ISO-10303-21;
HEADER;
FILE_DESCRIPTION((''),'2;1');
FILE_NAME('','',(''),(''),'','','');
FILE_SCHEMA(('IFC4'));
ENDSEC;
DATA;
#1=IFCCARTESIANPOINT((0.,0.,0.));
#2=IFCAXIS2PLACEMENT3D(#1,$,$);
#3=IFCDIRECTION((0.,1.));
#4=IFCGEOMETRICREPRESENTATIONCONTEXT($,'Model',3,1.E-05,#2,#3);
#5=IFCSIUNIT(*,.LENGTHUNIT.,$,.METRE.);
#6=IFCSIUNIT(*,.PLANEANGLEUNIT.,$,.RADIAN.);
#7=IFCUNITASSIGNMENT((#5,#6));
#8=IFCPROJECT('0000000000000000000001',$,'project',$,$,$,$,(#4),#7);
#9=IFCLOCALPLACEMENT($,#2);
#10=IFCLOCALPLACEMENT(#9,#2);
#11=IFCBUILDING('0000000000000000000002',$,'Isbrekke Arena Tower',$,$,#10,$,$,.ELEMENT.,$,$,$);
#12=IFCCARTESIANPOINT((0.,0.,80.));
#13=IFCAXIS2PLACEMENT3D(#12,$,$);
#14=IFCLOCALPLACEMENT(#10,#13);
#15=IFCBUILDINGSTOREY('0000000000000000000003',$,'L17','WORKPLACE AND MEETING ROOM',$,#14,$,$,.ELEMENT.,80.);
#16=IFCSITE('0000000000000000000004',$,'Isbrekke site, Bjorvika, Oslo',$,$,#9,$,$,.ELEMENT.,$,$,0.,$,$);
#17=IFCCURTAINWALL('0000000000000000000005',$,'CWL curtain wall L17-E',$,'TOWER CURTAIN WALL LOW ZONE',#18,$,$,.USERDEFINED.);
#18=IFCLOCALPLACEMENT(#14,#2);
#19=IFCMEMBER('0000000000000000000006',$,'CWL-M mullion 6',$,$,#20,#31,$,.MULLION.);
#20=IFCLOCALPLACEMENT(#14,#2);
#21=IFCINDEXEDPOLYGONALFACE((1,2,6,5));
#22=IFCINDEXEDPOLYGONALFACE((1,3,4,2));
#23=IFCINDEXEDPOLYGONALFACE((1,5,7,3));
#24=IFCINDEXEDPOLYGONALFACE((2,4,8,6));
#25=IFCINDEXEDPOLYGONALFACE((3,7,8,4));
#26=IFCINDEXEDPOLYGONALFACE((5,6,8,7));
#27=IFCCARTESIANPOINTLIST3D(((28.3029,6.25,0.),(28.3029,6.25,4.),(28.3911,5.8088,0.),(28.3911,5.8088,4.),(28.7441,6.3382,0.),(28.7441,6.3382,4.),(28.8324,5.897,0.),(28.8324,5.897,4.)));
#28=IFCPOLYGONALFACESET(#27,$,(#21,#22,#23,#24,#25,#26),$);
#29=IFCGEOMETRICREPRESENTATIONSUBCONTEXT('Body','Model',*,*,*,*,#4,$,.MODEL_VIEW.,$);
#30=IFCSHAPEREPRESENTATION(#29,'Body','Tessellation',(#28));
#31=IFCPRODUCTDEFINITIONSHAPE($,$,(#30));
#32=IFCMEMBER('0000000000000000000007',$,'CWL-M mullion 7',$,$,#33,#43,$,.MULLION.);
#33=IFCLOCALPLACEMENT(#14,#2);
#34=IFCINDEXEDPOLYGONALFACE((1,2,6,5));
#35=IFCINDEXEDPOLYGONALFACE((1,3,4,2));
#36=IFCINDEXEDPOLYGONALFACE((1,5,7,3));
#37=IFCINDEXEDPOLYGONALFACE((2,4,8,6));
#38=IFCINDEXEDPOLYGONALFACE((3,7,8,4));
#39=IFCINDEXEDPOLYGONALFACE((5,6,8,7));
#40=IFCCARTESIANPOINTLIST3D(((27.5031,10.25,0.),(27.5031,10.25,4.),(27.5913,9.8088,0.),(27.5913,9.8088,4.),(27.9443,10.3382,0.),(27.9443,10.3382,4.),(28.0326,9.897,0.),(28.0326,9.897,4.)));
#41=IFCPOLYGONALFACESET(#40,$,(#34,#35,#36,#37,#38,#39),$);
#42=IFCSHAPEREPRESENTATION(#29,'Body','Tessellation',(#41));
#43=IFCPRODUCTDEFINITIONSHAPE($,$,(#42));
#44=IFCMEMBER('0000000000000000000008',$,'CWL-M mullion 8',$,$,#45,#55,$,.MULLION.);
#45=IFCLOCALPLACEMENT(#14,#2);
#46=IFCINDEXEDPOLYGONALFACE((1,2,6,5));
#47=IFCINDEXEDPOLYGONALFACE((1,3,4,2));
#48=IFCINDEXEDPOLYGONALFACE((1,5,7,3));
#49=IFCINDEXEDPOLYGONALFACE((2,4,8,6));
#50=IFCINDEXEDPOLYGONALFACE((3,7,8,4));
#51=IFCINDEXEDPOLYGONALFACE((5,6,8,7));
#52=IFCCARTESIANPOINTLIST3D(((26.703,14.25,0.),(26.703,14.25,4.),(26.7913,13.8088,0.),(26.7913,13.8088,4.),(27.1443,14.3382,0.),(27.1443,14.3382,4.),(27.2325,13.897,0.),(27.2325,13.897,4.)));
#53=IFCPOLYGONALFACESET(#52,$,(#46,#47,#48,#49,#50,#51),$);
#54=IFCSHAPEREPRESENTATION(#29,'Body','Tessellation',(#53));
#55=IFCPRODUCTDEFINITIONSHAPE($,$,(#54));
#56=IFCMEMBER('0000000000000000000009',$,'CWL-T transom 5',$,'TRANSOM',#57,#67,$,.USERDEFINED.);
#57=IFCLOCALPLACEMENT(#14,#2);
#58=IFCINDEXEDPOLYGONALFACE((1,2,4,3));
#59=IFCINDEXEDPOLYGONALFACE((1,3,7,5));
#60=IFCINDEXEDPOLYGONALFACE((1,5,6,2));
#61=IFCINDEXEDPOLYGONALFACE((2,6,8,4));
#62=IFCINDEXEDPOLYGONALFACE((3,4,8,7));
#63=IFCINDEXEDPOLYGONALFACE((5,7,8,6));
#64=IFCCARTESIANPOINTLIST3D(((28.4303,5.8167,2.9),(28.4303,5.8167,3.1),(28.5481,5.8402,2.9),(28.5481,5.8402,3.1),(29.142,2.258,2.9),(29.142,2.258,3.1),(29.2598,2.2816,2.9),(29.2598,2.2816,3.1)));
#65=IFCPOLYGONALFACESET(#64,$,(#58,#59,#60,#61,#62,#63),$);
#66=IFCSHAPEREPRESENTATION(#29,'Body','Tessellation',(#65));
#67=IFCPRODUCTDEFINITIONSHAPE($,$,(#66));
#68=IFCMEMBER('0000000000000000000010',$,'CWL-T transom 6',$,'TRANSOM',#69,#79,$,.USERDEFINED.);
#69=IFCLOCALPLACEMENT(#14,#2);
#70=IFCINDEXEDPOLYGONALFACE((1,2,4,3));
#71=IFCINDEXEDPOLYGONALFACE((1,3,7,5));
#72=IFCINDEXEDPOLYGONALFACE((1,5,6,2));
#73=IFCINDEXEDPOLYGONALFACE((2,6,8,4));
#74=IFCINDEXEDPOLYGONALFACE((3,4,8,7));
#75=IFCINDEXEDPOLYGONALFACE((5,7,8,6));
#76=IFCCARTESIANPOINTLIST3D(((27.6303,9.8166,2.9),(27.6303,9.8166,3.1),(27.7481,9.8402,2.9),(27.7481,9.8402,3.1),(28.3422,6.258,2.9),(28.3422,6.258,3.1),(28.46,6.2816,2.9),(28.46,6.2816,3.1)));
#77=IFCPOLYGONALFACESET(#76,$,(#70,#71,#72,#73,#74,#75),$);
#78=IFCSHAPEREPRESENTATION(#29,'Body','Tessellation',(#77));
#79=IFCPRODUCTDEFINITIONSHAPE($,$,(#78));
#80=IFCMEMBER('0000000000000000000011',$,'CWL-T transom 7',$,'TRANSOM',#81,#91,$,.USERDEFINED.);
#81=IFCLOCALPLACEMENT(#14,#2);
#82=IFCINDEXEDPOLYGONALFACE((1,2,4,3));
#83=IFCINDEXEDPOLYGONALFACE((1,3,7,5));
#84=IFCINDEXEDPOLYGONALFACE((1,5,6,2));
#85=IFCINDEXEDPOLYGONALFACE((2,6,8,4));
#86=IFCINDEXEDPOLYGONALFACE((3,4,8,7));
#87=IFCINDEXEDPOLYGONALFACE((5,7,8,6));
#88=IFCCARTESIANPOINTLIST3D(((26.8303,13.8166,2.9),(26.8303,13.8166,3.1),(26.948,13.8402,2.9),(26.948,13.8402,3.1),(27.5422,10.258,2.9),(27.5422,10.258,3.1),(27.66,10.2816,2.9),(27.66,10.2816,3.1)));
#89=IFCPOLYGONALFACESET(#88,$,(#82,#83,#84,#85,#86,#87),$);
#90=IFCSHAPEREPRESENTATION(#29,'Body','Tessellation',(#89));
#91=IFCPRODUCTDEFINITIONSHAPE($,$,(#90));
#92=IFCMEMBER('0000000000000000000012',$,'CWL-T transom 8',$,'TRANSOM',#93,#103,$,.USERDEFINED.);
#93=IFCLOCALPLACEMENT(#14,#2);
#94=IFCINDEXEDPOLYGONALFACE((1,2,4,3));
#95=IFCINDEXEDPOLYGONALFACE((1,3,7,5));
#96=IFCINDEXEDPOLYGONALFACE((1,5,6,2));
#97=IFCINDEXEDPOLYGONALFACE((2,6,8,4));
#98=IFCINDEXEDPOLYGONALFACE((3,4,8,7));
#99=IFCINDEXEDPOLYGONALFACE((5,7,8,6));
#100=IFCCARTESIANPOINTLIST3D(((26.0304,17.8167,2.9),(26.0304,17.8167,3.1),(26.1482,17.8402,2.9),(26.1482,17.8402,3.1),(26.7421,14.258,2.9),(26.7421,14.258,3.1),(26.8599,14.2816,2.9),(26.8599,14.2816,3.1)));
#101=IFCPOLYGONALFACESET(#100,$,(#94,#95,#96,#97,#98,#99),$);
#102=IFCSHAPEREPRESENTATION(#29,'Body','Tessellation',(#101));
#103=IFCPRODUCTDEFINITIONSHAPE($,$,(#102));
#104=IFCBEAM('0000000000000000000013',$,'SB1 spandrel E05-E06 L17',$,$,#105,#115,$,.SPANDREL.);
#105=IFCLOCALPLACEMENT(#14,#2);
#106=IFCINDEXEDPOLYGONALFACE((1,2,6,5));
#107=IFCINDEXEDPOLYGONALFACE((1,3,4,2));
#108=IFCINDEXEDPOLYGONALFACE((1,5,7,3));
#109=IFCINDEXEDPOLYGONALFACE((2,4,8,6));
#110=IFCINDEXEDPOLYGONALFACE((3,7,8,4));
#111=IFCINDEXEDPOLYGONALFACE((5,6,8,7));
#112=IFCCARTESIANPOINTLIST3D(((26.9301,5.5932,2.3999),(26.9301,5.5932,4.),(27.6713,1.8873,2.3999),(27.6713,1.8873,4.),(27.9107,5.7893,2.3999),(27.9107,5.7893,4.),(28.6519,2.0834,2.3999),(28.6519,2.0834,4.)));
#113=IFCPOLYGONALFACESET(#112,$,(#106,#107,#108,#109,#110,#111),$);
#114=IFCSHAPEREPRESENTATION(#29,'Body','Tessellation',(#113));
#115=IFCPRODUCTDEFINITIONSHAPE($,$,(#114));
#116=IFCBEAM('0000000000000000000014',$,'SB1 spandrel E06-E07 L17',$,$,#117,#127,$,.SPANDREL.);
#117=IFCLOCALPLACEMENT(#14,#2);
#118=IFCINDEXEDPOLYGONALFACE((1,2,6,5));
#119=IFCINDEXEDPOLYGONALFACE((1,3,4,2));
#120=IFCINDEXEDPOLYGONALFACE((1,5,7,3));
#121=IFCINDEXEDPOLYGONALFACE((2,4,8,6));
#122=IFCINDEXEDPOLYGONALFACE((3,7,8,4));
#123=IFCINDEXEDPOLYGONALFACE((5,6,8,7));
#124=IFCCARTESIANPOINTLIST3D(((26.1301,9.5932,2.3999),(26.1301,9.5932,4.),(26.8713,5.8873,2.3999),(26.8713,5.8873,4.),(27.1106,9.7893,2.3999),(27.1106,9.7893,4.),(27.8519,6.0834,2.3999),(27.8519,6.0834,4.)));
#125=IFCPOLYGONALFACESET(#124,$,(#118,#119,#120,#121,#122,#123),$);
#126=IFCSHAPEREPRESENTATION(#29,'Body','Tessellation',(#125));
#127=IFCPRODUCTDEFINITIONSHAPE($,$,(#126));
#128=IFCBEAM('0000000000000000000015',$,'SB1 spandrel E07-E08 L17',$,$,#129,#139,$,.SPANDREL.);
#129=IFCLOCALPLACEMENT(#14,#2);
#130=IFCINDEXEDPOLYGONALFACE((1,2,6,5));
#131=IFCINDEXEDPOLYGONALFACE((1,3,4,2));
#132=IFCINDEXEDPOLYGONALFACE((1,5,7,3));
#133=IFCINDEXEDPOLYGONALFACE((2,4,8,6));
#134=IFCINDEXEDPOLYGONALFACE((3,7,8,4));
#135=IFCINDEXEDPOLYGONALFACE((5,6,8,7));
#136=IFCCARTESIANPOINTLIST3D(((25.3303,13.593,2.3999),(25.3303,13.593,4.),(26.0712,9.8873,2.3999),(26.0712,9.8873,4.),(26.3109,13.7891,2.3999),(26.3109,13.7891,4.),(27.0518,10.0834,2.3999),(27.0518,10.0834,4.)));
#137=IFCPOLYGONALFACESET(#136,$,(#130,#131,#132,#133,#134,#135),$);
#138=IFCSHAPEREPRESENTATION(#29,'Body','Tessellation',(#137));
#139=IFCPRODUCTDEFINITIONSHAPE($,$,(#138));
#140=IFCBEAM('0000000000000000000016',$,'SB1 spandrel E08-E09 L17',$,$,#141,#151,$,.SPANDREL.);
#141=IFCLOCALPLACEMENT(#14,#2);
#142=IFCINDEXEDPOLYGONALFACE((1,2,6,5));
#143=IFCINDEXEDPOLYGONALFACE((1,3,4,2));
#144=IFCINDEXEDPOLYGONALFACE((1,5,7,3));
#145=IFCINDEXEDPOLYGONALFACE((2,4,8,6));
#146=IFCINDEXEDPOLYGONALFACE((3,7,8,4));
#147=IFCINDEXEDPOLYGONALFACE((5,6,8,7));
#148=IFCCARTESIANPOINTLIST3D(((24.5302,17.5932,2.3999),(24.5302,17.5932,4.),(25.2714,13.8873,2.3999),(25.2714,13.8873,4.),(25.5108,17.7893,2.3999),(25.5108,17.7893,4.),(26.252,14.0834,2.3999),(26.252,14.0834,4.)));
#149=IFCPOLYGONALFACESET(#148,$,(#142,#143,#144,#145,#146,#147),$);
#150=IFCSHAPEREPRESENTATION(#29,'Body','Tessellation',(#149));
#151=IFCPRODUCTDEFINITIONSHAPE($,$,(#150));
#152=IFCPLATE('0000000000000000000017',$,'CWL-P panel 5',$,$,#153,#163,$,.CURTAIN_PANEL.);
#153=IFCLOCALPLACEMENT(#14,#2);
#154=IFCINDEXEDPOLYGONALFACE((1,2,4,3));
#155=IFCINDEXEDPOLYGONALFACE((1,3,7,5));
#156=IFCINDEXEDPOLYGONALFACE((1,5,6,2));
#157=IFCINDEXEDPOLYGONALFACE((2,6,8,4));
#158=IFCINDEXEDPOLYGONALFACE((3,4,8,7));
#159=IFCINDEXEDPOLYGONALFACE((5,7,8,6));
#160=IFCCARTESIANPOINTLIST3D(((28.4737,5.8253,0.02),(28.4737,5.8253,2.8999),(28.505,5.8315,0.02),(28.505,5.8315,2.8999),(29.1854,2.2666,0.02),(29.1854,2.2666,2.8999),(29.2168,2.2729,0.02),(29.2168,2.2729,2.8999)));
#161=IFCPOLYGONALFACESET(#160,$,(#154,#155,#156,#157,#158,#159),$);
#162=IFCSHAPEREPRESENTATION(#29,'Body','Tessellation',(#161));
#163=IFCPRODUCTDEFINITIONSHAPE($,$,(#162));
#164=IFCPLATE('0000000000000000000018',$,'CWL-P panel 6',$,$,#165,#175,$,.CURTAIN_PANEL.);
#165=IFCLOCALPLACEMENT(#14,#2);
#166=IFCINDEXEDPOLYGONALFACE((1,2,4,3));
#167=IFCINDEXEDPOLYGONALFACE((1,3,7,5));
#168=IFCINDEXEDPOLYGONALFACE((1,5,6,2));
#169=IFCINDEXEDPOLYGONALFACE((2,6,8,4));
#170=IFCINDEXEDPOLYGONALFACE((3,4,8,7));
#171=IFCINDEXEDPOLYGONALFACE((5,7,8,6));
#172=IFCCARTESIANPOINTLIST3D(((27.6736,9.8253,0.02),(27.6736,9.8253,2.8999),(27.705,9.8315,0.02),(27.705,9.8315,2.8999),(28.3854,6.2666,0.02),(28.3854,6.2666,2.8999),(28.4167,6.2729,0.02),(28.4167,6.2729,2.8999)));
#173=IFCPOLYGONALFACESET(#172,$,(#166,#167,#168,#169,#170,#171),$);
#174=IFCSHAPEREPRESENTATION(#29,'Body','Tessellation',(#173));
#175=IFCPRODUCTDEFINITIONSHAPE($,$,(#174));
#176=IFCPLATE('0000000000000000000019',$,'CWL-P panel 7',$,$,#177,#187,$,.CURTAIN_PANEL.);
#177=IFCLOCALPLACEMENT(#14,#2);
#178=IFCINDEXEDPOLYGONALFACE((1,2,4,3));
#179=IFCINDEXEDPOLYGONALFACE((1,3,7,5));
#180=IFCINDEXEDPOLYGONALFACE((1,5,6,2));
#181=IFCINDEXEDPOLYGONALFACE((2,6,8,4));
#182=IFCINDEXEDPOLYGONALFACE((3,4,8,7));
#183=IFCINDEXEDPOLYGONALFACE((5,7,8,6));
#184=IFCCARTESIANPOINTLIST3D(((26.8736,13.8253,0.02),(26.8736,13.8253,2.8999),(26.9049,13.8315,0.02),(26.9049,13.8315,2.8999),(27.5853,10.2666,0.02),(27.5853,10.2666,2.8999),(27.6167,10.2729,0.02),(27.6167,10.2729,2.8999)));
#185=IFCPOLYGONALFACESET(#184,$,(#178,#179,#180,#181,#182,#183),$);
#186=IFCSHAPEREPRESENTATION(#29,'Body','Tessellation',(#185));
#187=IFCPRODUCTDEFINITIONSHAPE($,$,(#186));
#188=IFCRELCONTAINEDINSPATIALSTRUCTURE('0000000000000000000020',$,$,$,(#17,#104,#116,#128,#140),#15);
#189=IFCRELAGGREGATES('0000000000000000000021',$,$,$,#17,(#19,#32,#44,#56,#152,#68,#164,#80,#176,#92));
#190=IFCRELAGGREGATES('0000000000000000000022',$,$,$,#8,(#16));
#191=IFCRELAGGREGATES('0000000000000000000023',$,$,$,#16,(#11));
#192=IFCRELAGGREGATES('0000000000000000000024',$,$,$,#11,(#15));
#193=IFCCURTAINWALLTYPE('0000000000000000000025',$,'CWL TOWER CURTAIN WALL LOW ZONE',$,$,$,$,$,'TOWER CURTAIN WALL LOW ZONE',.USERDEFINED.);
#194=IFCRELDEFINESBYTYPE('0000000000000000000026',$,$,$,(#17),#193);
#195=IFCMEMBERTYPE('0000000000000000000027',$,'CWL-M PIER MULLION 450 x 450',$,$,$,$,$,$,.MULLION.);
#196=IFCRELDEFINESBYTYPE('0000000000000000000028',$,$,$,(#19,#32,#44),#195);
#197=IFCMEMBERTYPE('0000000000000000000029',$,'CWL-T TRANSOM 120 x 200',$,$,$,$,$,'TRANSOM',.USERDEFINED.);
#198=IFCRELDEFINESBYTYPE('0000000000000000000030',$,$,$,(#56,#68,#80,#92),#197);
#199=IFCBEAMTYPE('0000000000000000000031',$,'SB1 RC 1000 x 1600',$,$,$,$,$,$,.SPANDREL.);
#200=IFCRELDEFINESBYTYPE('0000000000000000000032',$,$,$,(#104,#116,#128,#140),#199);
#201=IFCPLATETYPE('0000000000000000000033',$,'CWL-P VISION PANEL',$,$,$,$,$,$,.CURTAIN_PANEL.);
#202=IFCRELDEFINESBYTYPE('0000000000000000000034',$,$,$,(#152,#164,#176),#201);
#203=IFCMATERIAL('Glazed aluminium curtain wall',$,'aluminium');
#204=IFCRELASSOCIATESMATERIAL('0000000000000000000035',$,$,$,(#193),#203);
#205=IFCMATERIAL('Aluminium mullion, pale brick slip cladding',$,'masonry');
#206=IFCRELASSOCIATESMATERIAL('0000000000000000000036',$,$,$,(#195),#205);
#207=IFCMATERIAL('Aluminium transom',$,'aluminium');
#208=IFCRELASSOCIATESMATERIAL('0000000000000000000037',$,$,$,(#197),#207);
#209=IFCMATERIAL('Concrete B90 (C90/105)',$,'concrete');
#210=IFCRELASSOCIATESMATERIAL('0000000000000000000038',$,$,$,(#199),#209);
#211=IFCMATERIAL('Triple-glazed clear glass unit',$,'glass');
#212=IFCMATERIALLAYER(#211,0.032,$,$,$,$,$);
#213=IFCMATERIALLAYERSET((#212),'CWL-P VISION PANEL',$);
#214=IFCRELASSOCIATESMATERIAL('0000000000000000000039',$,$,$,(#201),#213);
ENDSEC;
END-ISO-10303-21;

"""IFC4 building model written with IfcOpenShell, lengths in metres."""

from ifc_helpers import new_model, si_unit, direction, frame, origin, origin_2d, place, context, subcontext, project, spatial, rectangle, extrude, material, layer, layer_set, material_profile, profile_set, type_object, element, aggregate, save


model = new_model("IFC4")

# Units and contexts
model_context = context("Model", 3, precision=1e-05, world=origin(), true_north=direction((0.0, 1.0)))
body_context = subcontext(model_context, "Body", "Model", "MODEL_VIEW")
ifc_project = project(units=[si_unit("LENGTHUNIT", "METRE"), si_unit("PLANEANGLEUNIT", "RADIAN")], contexts=[model_context])

# Site, building, storey
site_placement = place(None, origin())
site = spatial("IfcSite", under=ifc_project, at=site_placement, Name="Isbrekke site, Bjorvika, Oslo", CompositionType="ELEMENT", RefElevation=0.0)
building_placement = place(site_placement, origin())
building = spatial("IfcBuilding", under=site, at=building_placement, Name="Isbrekke Arena Tower", CompositionType="ELEMENT")
storey_placement = place(building_placement, frame((0.0, 0.0, 80.0)))
storey = spatial("IfcBuildingStorey", under=building, at=storey_placement, Name="L17", Description="WORKPLACE AND MEETING ROOM", CompositionType="ELEMENT", Elevation=80.0)

# Curtain wall, members
ifc_material_1 = material(Name="Glazed aluminium curtain wall", Category="aluminium")
curtain_wall_type = type_object("IfcCurtainWallType", Name="CWL TOWER CURTAIN WALL LOW ZONE", ElementType="TOWER CURTAIN WALL LOW ZONE", PredefinedType="USERDEFINED", material=ifc_material_1)
curtain_wall_placement = place(storey_placement, origin())
curtain_wall = element("IfcCurtainWall", 1, at=curtain_wall_placement, inside=storey, type_object=curtain_wall_type, Name="CWL curtain wall L17-E", ObjectType="TOWER CURTAIN WALL LOW ZONE", PredefinedType="USERDEFINED")
ifc_material_2 = material(Name="Aluminium mullion, pale brick slip cladding", Category="masonry")
ifc_material_profile_1 = material_profile(ifc_material_2, rectangle(XDim=0.45, YDim=0.45, at=origin_2d()), Name="PIER 450X450")
ifc_profile_set_1 = profile_set([ifc_material_profile_1], Name="Aluminium mullion, pale brick slip cladding")
member_type_1 = type_object("IfcMemberType", Name="CWL-M PIER MULLION 450 x 450", PredefinedType="MULLION", material=ifc_profile_set_1)
member_1_placement = place(storey_placement, frame((28.5676, 6.0735, 0.0), z_axis=(0.0, 0.0, 1.0), x_axis=(-0.196116, 0.980581, 0.0)))
member_1 = element("IfcMember", 2, at=member_1_placement, type_object=member_type_1, Name="CWL-M mullion 6", PredefinedType="MULLION", context=body_context, shape_type="SweptSolid", body=[
    extrude(rectangle(XDim=0.45, YDim=0.45, at=origin_2d()), origin(), (0.0, 0.0, 1.0), 4.0),
])
member_2_placement = place(storey_placement, frame((27.7678, 10.0735, 0.0), z_axis=(0.0, 0.0, 1.0), x_axis=(-0.196116, 0.980581, 0.0)))
member_2 = element("IfcMember", 3, at=member_2_placement, type_object=member_type_1, Name="CWL-M mullion 7", PredefinedType="MULLION", context=body_context, shape_type="SweptSolid", body=[
    extrude(rectangle(XDim=0.45, YDim=0.45, at=origin_2d()), origin(), (0.0, 0.0, 1.0), 4.0),
])
member_3_placement = place(storey_placement, frame((26.9678, 14.0735, 0.0), z_axis=(0.0, 0.0, 1.0), x_axis=(-0.196116, 0.980581, 0.0)))
member_3 = element("IfcMember", 4, at=member_3_placement, type_object=member_type_1, Name="CWL-M mullion 8", PredefinedType="MULLION", context=body_context, shape_type="SweptSolid", body=[
    extrude(rectangle(XDim=0.45, YDim=0.45, at=origin_2d()), origin(), (0.0, 0.0, 1.0), 4.0),
])
ifc_material_3 = material(Name="Aluminium transom", Category="aluminium")
ifc_material_profile_2 = material_profile(ifc_material_3, rectangle(XDim=0.1201, YDim=0.2, at=origin_2d()), Name="TRANSOM 120X200")
ifc_profile_set_2 = profile_set([ifc_material_profile_2], Name="Aluminium transom")
member_type_2 = type_object("IfcMemberType", Name="CWL-T TRANSOM 120 x 200", ElementType="TRANSOM", PredefinedType="USERDEFINED", material=ifc_profile_set_2)
member_4_placement = place(storey_placement, frame((29.2009, 2.2698, 3.0), z_axis=(-0.196103, 0.980583, 0.0), x_axis=(-0.980583, -0.196103, 0.0)))
member_4 = element("IfcMember", 5, at=member_4_placement, type_object=member_type_2, Name="CWL-T transom 5", ObjectType="TRANSOM", PredefinedType="USERDEFINED", context=body_context, shape_type="SweptSolid", body=[
    extrude(rectangle(XDim=0.1201, YDim=0.2, at=origin_2d()), origin(), (0.0, 0.0, 1.0), 3.6292),
])
member_5_placement = place(storey_placement, frame((28.4011, 6.2698, 3.0), z_axis=(-0.196168, 0.98057, 0.0), x_axis=(-0.98057, -0.196168, 0.0)))
member_5 = element("IfcMember", 6, at=member_5_placement, type_object=member_type_2, Name="CWL-T transom 6", ObjectType="TRANSOM", PredefinedType="USERDEFINED", context=body_context, shape_type="SweptSolid", body=[
    extrude(rectangle(XDim=0.1201, YDim=0.2, at=origin_2d()), origin(), (0.0, 0.0, 1.0), 3.6292),
])
member_6_placement = place(storey_placement, frame((27.6011, 10.2698, 3.0), z_axis=(-0.196168, 0.98057, 0.0), x_axis=(-0.98057, -0.196168, 0.0)))
member_6 = element("IfcMember", 7, at=member_6_placement, type_object=member_type_2, Name="CWL-T transom 7", ObjectType="TRANSOM", PredefinedType="USERDEFINED", context=body_context, shape_type="SweptSolid", body=[
    extrude(rectangle(XDim=0.1201, YDim=0.2, at=origin_2d()), origin(), (0.0, 0.0, 1.0), 3.6292),
])
member_7_placement = place(storey_placement, frame((26.801, 14.2698, 3.0), z_axis=(-0.196103, 0.980583, 0.0), x_axis=(-0.980583, -0.196103, 0.0)))
member_7 = element("IfcMember", 8, at=member_7_placement, type_object=member_type_2, Name="CWL-T transom 8", ObjectType="TRANSOM", PredefinedType="USERDEFINED", context=body_context, shape_type="SweptSolid", body=[
    extrude(rectangle(XDim=0.1201, YDim=0.2, at=origin_2d()), origin(), (0.0, 0.0, 1.0), 3.6292),
])

# Beams
ifc_material_4 = material(Name="Concrete B90 (C90/105)", Category="concrete")
ifc_material_profile_3 = material_profile(ifc_material_4, rectangle(XDim=1.0, YDim=1.6001, at=origin_2d()), Name="RC 1000x1600")
ifc_profile_set_3 = profile_set([ifc_material_profile_3], Name="Concrete B90 (C90/105)")
beam_type_1 = type_object("IfcBeamType", Name="SB1 RC 1000 x 1600", PredefinedType="SPANDREL", material=ifc_profile_set_3)
for number, where, z_axis, x_axis, name in (
    (9, (28.1616, 1.9854, 3.2), (-0.196129, 0.980578, 0.0), (-0.980578, -0.196129, 0.0), "SB1 spandrel E05-E06 L17"),
    (10, (27.3616, 5.9854, 3.2), (-0.196129, 0.980578, 0.0), (-0.980578, -0.196129, 0.0), "SB1 spandrel E06-E07 L17"),
):
    element("IfcBeam", number, at=place(storey_placement, frame(where, z_axis=z_axis, x_axis=x_axis)), inside=storey, type_object=beam_type_1, Name=name, PredefinedType="SPANDREL", context=body_context, shape_type="SweptSolid", body=[
        extrude(rectangle(XDim=1.0, YDim=1.6001, at=origin_2d()), origin(), (0.0, 0.0, 1.0), 3.7793),
    ])
beam_1_placement = place(storey_placement, frame((26.5615, 9.9854, 3.2), z_axis=(-0.196066, 0.980591, 0.0), x_axis=(-0.980591, -0.196066, 0.0)))
element("IfcBeam", 11, at=beam_1_placement, inside=storey, type_object=beam_type_1, Name="SB1 spandrel E07-E08 L17", PredefinedType="SPANDREL", context=body_context, shape_type="SweptSolid", body=[
    extrude(rectangle(XDim=1.0, YDim=1.6001, at=origin_2d()), origin(), (0.0, 0.0, 1.0), 3.7791),
])
beam_2_placement = place(storey_placement, frame((25.7617, 13.9854, 3.2), z_axis=(-0.196129, 0.980578, 0.0), x_axis=(-0.980578, -0.196129, 0.0)))
element("IfcBeam", 12, at=beam_2_placement, inside=storey, type_object=beam_type_1, Name="SB1 spandrel E08-E09 L17", PredefinedType="SPANDREL", context=body_context, shape_type="SweptSolid", body=[
    extrude(rectangle(XDim=1.0, YDim=1.6001, at=origin_2d()), origin(), (0.0, 0.0, 1.0), 3.7793),
])

# Plates
ifc_material_5 = material(Name="Triple-glazed clear glass unit", Category="glass")
ifc_layer_1 = layer(ifc_material_5, 0.032)
ifc_layer_set_1 = layer_set([ifc_layer_1], Name="CWL-P VISION PANEL")
plate_type = type_object("IfcPlateType", Name="CWL-P VISION PANEL", PredefinedType="CURTAIN_PANEL", material=ifc_layer_set_1)
plate_1_placement = place(storey_placement, frame((28.8452, 4.0491, 0.02), z_axis=(0.0, 0.0, 1.0), x_axis=(-0.196116, 0.980581, 0.0)))
plate_1 = element("IfcPlate", 13, at=plate_1_placement, type_object=plate_type, Name="CWL-P panel 5", PredefinedType="CURTAIN_PANEL", context=body_context, shape_type="SweptSolid", body=[
    extrude(rectangle(XDim=3.6292, YDim=0.032, at=origin_2d()), origin(), (0.0, 0.0, 1.0), 2.8799),
])
plate_2_placement = place(storey_placement, frame((28.0452, 8.0491, 0.02), z_axis=(0.0, 0.0, 1.0), x_axis=(-0.196116, 0.980581, 0.0)))
plate_2 = element("IfcPlate", 14, at=plate_2_placement, type_object=plate_type, Name="CWL-P panel 6", PredefinedType="CURTAIN_PANEL", context=body_context, shape_type="SweptSolid", body=[
    extrude(rectangle(XDim=3.6292, YDim=0.032, at=origin_2d()), origin(), (0.0, 0.0, 1.0), 2.8799),
])
plate_3_placement = place(storey_placement, frame((27.2451, 12.0491, 0.02), z_axis=(0.0, 0.0, 1.0), x_axis=(-0.196116, 0.980581, 0.0)))
plate_3 = element("IfcPlate", 15, at=plate_3_placement, type_object=plate_type, Name="CWL-P panel 7", PredefinedType="CURTAIN_PANEL", context=body_context, shape_type="SweptSolid", body=[
    extrude(rectangle(XDim=3.6292, YDim=0.032, at=origin_2d()), origin(), (0.0, 0.0, 1.0), 2.8799),
])
aggregate(curtain_wall, [member_1, member_2, member_3, member_4, plate_1, member_5, plate_2, member_6, plate_3, member_7])

save(model, "model.ifc")
